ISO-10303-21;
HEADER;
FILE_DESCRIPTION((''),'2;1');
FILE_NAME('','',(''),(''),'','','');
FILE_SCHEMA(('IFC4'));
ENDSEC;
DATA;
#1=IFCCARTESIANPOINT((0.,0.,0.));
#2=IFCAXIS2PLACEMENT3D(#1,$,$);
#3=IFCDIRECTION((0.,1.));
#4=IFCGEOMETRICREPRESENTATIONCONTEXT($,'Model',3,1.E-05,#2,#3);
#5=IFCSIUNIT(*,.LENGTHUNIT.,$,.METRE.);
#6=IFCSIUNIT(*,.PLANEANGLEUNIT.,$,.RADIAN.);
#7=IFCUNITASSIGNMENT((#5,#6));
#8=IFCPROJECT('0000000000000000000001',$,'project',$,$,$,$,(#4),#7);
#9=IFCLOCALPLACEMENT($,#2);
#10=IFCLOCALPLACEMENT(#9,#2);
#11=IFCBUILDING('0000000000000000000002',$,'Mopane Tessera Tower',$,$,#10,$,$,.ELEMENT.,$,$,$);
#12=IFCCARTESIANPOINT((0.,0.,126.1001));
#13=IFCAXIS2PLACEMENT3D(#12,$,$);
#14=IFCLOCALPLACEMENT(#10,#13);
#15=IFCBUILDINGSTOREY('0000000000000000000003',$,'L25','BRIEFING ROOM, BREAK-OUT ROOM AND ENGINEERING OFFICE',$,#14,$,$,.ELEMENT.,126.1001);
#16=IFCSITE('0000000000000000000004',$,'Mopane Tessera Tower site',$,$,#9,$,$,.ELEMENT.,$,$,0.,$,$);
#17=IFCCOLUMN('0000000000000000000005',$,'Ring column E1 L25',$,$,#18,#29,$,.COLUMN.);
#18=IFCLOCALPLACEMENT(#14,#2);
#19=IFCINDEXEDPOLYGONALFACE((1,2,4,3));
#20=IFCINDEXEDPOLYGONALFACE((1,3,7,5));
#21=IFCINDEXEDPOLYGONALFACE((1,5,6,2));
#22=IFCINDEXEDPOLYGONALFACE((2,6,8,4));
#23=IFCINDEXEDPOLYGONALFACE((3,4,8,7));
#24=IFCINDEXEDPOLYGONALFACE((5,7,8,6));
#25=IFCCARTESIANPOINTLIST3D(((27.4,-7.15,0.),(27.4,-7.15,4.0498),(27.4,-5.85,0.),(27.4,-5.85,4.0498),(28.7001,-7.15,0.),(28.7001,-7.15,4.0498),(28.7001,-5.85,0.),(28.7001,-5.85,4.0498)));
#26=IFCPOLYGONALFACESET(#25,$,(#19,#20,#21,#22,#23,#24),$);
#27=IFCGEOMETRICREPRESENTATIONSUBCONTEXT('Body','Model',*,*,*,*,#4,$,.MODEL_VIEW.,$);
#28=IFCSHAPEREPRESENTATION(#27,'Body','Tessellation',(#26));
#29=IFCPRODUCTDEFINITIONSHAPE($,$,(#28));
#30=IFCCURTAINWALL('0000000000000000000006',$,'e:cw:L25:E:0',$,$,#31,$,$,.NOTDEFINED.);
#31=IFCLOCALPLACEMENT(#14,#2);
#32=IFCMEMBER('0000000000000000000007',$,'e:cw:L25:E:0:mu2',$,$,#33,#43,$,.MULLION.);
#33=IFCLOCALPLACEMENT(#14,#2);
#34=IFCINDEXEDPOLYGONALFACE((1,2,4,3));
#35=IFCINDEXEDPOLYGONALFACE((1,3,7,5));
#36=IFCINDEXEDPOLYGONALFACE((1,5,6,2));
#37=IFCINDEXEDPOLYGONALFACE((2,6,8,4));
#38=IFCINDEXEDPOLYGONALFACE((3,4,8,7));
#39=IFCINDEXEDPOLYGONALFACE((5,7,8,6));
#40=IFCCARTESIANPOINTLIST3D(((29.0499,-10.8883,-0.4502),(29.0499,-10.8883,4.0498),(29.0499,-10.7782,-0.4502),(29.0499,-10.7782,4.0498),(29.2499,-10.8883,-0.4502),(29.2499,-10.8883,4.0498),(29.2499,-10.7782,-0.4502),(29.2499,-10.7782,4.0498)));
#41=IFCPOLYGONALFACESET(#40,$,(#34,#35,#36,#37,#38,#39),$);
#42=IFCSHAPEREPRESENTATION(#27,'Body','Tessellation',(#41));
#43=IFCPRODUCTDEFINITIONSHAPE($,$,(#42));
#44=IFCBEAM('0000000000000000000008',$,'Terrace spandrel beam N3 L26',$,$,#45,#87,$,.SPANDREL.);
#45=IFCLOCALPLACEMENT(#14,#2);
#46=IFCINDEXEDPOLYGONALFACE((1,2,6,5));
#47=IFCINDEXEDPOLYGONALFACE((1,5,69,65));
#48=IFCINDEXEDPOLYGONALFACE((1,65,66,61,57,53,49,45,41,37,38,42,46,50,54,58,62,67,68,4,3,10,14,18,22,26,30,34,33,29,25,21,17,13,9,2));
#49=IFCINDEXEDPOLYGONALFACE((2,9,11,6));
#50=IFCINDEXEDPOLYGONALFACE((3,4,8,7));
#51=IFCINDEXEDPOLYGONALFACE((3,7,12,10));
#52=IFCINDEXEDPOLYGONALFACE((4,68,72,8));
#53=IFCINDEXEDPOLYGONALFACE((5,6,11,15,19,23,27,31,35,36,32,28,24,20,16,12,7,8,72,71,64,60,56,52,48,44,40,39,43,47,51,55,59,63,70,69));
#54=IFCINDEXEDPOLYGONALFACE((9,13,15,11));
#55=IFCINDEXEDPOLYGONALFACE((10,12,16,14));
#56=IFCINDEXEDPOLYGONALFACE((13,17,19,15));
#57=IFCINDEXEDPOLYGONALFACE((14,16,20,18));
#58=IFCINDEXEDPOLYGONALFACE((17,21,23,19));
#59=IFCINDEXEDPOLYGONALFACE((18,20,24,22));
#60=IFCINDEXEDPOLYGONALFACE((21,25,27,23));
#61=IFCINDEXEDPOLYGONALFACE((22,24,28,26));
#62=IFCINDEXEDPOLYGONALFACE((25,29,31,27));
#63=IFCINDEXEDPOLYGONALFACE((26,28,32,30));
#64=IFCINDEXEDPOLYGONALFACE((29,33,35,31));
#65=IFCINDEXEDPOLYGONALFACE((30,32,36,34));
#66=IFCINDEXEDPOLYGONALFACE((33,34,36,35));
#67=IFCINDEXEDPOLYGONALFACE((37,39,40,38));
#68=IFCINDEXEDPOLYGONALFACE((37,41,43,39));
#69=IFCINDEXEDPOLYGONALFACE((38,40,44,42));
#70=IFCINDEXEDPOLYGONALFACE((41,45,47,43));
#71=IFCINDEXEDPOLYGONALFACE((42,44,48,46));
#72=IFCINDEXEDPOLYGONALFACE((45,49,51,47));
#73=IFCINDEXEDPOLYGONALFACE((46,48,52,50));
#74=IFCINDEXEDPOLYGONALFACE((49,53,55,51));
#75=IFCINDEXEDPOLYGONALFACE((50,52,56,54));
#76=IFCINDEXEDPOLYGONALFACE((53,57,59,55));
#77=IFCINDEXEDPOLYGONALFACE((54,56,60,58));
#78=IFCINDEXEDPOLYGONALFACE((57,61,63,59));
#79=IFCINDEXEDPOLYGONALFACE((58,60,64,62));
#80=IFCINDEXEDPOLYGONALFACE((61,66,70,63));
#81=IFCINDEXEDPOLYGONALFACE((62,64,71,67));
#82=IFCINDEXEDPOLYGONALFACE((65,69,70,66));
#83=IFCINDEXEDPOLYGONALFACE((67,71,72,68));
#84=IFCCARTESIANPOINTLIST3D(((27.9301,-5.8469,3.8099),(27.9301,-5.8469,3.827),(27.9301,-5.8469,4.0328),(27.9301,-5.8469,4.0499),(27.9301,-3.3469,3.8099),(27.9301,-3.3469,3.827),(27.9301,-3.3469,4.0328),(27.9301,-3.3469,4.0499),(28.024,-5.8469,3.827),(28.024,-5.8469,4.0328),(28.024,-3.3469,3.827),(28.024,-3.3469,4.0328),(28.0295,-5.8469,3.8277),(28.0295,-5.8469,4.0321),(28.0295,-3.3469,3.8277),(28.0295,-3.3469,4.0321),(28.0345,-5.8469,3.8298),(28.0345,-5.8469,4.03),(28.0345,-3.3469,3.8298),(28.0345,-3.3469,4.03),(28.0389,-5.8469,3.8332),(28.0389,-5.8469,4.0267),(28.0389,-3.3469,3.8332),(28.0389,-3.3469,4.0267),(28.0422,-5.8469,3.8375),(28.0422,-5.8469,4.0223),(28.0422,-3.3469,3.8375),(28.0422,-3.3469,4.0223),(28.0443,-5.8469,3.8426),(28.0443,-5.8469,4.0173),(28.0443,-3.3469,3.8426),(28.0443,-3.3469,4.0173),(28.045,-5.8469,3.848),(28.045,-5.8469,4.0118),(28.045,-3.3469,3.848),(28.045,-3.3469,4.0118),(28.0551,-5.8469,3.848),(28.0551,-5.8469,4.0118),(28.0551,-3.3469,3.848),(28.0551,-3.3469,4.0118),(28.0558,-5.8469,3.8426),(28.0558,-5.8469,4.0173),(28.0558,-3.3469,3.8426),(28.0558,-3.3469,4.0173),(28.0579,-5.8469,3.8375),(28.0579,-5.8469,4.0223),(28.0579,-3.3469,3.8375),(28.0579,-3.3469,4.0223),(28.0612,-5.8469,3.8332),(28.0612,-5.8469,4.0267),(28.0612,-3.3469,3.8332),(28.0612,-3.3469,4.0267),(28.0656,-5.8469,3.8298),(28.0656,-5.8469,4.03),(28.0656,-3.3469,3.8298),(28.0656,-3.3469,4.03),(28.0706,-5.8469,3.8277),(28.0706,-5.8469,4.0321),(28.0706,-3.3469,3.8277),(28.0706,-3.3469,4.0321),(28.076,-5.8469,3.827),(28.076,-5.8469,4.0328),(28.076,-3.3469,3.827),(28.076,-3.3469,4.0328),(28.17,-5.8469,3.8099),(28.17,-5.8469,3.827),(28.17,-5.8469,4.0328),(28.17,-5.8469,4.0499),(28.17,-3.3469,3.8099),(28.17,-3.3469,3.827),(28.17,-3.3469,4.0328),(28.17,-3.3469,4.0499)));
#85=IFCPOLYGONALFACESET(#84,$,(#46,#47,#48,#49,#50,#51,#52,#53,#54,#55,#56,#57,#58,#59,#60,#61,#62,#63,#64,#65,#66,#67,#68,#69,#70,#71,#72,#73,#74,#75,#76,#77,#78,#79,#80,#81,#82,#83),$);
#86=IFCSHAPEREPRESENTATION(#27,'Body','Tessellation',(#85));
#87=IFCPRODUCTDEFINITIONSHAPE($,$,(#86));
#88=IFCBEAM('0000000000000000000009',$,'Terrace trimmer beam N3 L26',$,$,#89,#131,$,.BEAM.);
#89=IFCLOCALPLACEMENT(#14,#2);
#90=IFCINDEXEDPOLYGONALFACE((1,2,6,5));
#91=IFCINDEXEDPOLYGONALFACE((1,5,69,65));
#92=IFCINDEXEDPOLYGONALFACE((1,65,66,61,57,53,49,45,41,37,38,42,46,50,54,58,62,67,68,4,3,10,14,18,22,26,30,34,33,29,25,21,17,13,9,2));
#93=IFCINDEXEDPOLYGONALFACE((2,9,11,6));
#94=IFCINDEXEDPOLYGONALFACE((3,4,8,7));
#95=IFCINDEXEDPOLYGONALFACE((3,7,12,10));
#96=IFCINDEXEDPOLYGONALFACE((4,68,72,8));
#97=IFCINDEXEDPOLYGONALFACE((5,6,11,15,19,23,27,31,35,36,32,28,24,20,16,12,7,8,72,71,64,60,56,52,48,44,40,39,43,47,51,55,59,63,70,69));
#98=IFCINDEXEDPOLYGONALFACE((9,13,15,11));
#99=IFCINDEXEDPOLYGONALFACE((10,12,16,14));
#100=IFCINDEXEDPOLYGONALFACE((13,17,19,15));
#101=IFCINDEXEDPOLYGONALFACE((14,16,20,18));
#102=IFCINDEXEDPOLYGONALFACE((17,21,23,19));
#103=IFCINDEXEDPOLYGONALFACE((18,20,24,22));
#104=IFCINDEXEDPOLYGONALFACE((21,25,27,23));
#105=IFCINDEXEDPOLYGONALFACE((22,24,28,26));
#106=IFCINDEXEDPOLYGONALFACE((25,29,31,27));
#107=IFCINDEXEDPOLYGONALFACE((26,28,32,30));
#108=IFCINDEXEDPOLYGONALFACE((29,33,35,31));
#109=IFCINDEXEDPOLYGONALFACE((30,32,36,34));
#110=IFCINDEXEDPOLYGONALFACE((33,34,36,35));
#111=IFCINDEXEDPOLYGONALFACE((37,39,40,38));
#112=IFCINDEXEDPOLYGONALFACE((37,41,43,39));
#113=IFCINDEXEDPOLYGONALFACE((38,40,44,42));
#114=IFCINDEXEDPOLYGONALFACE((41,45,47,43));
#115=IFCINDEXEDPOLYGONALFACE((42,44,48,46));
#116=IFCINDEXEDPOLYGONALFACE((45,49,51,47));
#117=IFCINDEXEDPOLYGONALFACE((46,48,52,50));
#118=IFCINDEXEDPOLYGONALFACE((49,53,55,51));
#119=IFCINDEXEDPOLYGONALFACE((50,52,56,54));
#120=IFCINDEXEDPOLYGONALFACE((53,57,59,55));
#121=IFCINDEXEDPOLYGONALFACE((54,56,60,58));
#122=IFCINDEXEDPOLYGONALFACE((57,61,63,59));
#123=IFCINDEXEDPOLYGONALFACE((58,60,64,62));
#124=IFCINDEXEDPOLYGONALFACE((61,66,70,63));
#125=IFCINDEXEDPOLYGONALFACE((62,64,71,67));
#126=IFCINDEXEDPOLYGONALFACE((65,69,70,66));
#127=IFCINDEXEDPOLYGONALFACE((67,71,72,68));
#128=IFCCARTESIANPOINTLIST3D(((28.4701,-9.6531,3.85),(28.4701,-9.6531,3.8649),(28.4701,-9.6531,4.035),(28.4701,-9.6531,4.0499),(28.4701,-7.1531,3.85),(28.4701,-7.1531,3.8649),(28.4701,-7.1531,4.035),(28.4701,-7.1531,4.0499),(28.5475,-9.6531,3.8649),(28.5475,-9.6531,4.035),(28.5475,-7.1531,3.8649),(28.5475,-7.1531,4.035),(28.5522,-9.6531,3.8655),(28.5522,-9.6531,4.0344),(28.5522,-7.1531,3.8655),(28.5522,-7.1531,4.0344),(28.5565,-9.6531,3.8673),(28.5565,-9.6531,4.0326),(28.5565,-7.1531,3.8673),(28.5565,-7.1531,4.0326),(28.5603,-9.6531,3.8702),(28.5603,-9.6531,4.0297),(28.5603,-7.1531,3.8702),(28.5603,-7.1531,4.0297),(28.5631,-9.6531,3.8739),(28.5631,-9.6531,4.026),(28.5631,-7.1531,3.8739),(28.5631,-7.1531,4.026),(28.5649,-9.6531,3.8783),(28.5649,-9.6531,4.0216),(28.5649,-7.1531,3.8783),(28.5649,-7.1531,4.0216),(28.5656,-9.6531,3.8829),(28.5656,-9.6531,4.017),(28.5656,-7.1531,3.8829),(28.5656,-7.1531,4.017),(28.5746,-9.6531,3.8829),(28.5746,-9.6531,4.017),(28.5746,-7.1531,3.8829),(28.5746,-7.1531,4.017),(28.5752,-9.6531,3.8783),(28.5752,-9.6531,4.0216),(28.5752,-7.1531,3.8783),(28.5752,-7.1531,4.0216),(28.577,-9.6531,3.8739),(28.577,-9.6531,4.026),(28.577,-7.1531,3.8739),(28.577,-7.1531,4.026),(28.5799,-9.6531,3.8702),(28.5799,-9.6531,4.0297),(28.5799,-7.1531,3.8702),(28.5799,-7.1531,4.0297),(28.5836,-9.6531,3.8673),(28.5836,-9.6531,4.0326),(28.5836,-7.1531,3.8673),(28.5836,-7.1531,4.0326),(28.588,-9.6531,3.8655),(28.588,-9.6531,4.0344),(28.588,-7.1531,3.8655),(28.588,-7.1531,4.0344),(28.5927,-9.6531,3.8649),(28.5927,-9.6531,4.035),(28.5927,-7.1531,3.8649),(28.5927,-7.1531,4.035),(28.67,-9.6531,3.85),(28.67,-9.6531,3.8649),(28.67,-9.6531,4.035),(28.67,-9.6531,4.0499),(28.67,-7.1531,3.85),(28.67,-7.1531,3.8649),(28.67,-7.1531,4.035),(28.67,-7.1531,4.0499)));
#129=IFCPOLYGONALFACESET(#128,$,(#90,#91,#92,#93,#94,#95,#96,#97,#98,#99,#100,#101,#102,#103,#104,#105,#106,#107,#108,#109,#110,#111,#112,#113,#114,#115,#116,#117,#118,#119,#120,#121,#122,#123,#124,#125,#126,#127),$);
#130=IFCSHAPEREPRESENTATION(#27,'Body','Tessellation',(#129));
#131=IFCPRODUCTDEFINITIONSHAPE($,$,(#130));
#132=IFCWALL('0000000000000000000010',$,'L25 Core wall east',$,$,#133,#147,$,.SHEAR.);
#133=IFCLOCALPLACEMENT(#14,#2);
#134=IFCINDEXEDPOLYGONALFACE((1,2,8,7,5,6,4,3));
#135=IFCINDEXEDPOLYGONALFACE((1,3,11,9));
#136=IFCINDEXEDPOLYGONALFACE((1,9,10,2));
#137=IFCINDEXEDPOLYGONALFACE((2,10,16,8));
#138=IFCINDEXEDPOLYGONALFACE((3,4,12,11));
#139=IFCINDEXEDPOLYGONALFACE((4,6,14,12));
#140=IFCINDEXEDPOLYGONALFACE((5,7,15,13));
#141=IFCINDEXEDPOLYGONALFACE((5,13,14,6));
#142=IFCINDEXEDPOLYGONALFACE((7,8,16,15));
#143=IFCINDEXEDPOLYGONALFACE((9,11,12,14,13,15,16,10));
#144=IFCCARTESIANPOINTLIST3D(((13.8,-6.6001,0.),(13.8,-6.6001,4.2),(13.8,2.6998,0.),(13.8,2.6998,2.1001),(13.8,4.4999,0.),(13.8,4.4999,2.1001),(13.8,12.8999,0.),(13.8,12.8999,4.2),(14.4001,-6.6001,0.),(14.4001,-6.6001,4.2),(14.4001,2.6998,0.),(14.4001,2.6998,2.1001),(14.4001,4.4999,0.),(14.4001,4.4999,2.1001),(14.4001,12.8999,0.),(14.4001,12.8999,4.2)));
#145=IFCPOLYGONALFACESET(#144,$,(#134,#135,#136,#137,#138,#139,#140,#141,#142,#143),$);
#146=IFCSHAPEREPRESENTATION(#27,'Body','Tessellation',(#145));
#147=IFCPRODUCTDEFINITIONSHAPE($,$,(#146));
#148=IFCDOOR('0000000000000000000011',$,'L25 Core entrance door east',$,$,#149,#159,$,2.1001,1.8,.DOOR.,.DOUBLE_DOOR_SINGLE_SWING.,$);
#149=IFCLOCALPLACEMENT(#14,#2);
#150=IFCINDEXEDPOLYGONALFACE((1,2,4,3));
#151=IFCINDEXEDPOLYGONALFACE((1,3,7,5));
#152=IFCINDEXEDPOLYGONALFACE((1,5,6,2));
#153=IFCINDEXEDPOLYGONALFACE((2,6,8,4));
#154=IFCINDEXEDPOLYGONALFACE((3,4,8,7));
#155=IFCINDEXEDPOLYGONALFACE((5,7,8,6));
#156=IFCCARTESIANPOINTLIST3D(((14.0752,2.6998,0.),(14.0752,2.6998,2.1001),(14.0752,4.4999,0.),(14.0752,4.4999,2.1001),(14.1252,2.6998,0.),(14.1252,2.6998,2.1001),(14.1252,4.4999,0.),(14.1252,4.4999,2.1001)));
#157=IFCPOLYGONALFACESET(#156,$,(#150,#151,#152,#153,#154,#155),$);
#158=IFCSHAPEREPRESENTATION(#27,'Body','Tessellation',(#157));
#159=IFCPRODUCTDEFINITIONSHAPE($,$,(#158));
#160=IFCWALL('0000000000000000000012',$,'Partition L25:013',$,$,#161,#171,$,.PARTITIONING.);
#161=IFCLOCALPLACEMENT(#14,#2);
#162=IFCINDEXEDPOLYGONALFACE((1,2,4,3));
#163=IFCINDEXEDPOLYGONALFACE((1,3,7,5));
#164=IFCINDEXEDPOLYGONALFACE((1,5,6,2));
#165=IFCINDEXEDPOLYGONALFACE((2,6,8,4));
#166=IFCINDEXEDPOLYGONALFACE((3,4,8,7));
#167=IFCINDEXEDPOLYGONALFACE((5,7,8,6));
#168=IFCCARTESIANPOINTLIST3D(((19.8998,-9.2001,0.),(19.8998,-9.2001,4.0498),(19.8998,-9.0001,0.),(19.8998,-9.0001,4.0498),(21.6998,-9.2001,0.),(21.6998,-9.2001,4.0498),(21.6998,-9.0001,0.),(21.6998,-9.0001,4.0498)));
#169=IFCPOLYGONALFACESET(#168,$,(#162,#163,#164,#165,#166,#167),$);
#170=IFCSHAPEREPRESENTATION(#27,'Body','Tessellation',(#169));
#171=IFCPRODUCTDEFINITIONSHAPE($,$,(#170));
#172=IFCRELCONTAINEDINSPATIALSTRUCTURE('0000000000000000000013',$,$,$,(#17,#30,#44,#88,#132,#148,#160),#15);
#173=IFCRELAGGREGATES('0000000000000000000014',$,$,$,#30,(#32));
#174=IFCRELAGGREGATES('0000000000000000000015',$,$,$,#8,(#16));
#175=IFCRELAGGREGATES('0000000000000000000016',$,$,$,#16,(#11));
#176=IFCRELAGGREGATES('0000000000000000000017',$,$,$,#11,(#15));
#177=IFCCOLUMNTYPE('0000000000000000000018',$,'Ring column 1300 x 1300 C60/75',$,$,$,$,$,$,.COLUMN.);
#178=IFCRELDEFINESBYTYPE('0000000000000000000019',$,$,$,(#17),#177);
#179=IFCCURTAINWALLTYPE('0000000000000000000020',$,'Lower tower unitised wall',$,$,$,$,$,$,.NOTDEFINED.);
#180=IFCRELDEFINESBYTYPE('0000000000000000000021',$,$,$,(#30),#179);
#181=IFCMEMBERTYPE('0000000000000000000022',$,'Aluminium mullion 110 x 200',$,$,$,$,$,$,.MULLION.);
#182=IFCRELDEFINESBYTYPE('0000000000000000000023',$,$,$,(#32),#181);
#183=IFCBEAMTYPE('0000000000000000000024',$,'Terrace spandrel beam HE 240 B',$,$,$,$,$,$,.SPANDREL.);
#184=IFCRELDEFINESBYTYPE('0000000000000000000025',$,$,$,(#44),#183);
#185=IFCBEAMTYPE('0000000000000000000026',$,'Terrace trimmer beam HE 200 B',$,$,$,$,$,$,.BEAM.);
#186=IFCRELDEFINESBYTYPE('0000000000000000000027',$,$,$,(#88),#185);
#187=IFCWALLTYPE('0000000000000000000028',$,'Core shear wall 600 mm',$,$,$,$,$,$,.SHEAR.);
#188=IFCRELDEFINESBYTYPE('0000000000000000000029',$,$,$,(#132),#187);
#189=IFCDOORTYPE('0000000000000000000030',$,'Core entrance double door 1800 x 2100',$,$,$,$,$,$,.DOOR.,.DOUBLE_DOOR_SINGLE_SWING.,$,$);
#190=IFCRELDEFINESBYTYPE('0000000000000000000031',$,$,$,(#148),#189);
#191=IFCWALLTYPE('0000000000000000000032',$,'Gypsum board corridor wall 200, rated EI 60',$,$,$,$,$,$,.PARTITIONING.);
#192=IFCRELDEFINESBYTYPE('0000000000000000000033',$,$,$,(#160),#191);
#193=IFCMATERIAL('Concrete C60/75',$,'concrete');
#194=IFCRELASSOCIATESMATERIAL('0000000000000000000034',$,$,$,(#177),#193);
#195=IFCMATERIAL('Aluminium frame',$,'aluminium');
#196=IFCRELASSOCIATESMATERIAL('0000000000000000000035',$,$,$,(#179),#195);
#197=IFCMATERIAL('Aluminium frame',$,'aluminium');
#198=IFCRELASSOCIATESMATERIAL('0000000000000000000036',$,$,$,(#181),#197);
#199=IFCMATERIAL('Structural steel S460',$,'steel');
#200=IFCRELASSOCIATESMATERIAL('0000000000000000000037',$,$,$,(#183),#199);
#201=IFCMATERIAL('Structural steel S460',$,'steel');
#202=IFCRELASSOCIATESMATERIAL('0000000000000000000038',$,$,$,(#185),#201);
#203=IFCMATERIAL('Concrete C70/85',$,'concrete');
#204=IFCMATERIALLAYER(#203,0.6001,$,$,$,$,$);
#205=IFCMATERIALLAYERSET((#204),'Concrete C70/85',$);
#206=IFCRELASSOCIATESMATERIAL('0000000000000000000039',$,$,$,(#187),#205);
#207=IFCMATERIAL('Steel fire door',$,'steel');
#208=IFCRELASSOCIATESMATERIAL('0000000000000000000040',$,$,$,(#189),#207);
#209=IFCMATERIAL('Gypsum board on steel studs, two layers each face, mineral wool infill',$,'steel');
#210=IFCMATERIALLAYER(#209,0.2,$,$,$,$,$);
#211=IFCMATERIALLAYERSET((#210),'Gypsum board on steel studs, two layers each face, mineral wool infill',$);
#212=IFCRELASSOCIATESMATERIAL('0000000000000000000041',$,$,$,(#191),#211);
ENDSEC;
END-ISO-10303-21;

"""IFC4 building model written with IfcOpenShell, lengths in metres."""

from ifc_helpers import new_model, si_unit, direction, frame, frame_2d, origin, origin_2d, place, context, subcontext, project, spatial, rectangle, i_section, extrude, material, layer, layer_set, material_profile, profile_set, type_object, element, fill, aggregate, save


model = new_model("IFC4")

# Units and contexts
model_context = context("Model", 3, precision=1e-05, world=origin(), true_north=direction((0.0, 1.0)))
body_context = subcontext(model_context, "Body", "Model", "MODEL_VIEW")
ifc_project = project(units=[si_unit("LENGTHUNIT", "METRE"), si_unit("PLANEANGLEUNIT", "RADIAN")], contexts=[model_context])

# Site, building, storey
site_placement = place(None, origin())
site = spatial("IfcSite", under=ifc_project, at=site_placement, Name="Mopane Tessera Tower site", CompositionType="ELEMENT", RefElevation=0.0)
building_placement = place(site_placement, origin())
building = spatial("IfcBuilding", under=site, at=building_placement, Name="Mopane Tessera Tower", CompositionType="ELEMENT")
storey_placement = place(building_placement, frame((0.0, 0.0, 126.1001)))
storey = spatial("IfcBuildingStorey", under=building, at=storey_placement, Name="L25", Description="BRIEFING ROOM, BREAK-OUT ROOM AND ENGINEERING OFFICE", CompositionType="ELEMENT", Elevation=126.1001)

# Column
ifc_material_1 = material(Name="Concrete C60/75", Category="concrete")
ifc_material_profile_1 = material_profile(ifc_material_1, rectangle(XDim=1.3, YDim=1.3, at=origin_2d()))
ifc_profile_set_1 = profile_set([ifc_material_profile_1], Name="Concrete C60/75")
column_type = type_object("IfcColumnType", Name="Ring column 1300 x 1300 C60/75", PredefinedType="COLUMN", material=ifc_profile_set_1)
column_placement = place(storey_placement, frame((28.05, -6.5, 0.0), z_axis=(0.0, 0.0, 1.0), x_axis=(1.0, 0.0, 0.0)))
element("IfcColumn", 1, at=column_placement, inside=storey, type_object=column_type, Name="Ring column E1 L25", PredefinedType="COLUMN", context=body_context, shape_type="SweptSolid", body=[
    extrude(rectangle(XDim=1.3, YDim=1.3, at=origin_2d()), origin(), (0.0, 0.0, 1.0), 4.0498),
])

# Curtain wall, member
ifc_material_2 = material(Name="Aluminium frame", Category="aluminium")
curtain_wall_type = type_object("IfcCurtainWallType", Name="Lower tower unitised wall", PredefinedType="NOTDEFINED", material=ifc_material_2)
curtain_wall_placement = place(storey_placement, origin())
curtain_wall = element("IfcCurtainWall", 2, at=curtain_wall_placement, inside=storey, type_object=curtain_wall_type, Name="e:cw:L25:E:0", PredefinedType="NOTDEFINED")
ifc_material_3 = material(Name="Aluminium frame", Category="aluminium")
ifc_material_profile_2 = material_profile(ifc_material_3, rectangle(XDim=0.1101, YDim=0.2, at=origin_2d()))
ifc_profile_set_2 = profile_set([ifc_material_profile_2], Name="Aluminium frame")
member_type = type_object("IfcMemberType", Name="Aluminium mullion 110 x 200", PredefinedType="MULLION", material=ifc_profile_set_2)
member_placement = place(storey_placement, frame((29.1499, -10.8333, -0.4502), z_axis=(0.0, 0.0, 1.0), x_axis=(0.0, 1.0, 0.0)))
member = element("IfcMember", 3, at=member_placement, type_object=member_type, Name="e:cw:L25:E:0:mu2", PredefinedType="MULLION", context=body_context, shape_type="SweptSolid", body=[
    extrude(rectangle(XDim=0.1101, YDim=0.2, at=origin_2d()), origin(), (0.0, 0.0, 1.0), 4.5),
])
aggregate(curtain_wall, [member])

# Beams
ifc_material_4 = material(Name="Structural steel S460", Category="steel")
ifc_material_profile_3 = material_profile(ifc_material_4, i_section(OverallWidth=0.24, OverallDepth=0.24, WebThickness=0.01, FlangeThickness=0.0171, FilletRadius=0.021, at=origin_2d()))
ifc_profile_set_3 = profile_set([ifc_material_profile_3], Name="Structural steel S460")
beam_type_1 = type_object("IfcBeamType", Name="Terrace spandrel beam HE 240 B", PredefinedType="SPANDREL", material=ifc_profile_set_3)
beam_1_placement = place(storey_placement, frame((28.05, -5.8469, 3.9299), z_axis=(0.0, 1.0, 0.0), x_axis=(-1.0, 0.0, 0.0)))
element("IfcBeam", 4, at=beam_1_placement, inside=storey, type_object=beam_type_1, Name="Terrace spandrel beam N3 L26", PredefinedType="SPANDREL", context=body_context, shape_type="SweptSolid", body=[
    extrude(i_section(OverallWidth=0.24, OverallDepth=0.24, WebThickness=0.01, FlangeThickness=0.0171, FilletRadius=0.021, at=origin_2d()), origin(), (0.0, 0.0, 1.0), 2.5),
])
ifc_material_5 = material(Name="Structural steel S460", Category="steel")
ifc_material_profile_4 = material_profile(ifc_material_5, i_section(OverallWidth=0.2, OverallDepth=0.2, WebThickness=0.009, FlangeThickness=0.0149, FilletRadius=0.0181, at=origin_2d()))
ifc_profile_set_4 = profile_set([ifc_material_profile_4], Name="Structural steel S460")
beam_type_2 = type_object("IfcBeamType", Name="Terrace trimmer beam HE 200 B", PredefinedType="BEAM", material=ifc_profile_set_4)
beam_2_placement = place(storey_placement, frame((28.5701, -7.1531, 3.95), z_axis=(0.0, -1.0, 0.0), x_axis=(1.0, 0.0, 0.0)))
element("IfcBeam", 5, at=beam_2_placement, inside=storey, type_object=beam_type_2, Name="Terrace trimmer beam N3 L26", PredefinedType="BEAM", context=body_context, shape_type="SweptSolid", body=[
    extrude(i_section(OverallWidth=0.2, OverallDepth=0.2, WebThickness=0.009, FlangeThickness=0.0149, FilletRadius=0.0181, at=origin_2d()), origin(), (0.0, 0.0, 1.0), 2.5),
])

# Wall, opening, door
ifc_material_6 = material(Name="Concrete C70/85", Category="concrete")
ifc_layer_1 = layer(ifc_material_6, 0.6001)
ifc_layer_set_1 = layer_set([ifc_layer_1], Name="Concrete C70/85")
wall_type_1 = type_object("IfcWallType", Name="Core shear wall 600 mm", PredefinedType="SHEAR", material=ifc_layer_set_1)
wall_1_placement = place(storey_placement, frame((14.1001, -6.6001, 0.0), z_axis=(0.0, 0.0, 1.0), x_axis=(0.0, 1.0, 0.0)))
wall_1 = element("IfcWall", 6, at=wall_1_placement, inside=storey, type_object=wall_type_1, Name="L25 Core wall east", PredefinedType="SHEAR", context=body_context, shape_type="SweptSolid", body=[
    extrude(rectangle(XDim=19.5, YDim=0.6001, at=frame_2d((9.75, 0.0))), origin(), (0.0, 0.0, 1.0), 4.2),
])
opening_1_placement = place(wall_1_placement, frame((9.3, 0.0, 0.0)))
opening_1 = element("IfcOpeningElement", 7, at=opening_1_placement, cuts=wall_1, PredefinedType="OPENING", context=body_context, shape_type="SweptSolid", body=[
    extrude(rectangle(XDim=1.8, YDim=2.1001, at=frame_2d((0.8999, 1.05))), frame((0.0, 0.312, 0.0), z_axis=(0.0, -1.0, 0.0), x_axis=(1.0, 0.0, 0.0)), (0.0, 0.0, 1.0), 0.624),
])
ifc_material_7 = material(Name="Steel fire door", Category="steel")
door_type_1 = type_object("IfcDoorType", Name="Core entrance double door 1800 x 2100", OperationType="DOUBLE_DOOR_SINGLE_SWING", PredefinedType="DOOR", material=ifc_material_7)
door_1_placement = place(opening_1_placement, origin())
door_1 = element("IfcDoor", 8, at=door_1_placement, inside=storey, type_object=door_type_1, Name="L25 Core entrance door east", OperationType="DOUBLE_DOOR_SINGLE_SWING", OverallHeight=2.1001, OverallWidth=1.8, PredefinedType="DOOR", context=body_context, shape_type="SweptSolid", body=[
    extrude(rectangle(XDim=1.8, YDim=2.1001, at=frame_2d((0.8999, 1.05))), frame((0.0, 0.0249, 0.0), z_axis=(0.0, -1.0, 0.0), x_axis=(1.0, 0.0, 0.0)), (0.0, 0.0, 1.0), 0.05),
])
fill(opening_1, door_1)

# Wall
ifc_material_8 = material(Name="Gypsum board on steel studs, two layers each face, mineral wool infill", Category="steel")
ifc_layer_2 = layer(ifc_material_8, 0.2)
ifc_layer_set_2 = layer_set([ifc_layer_2], Name="Gypsum board on steel studs, two layers each face, mineral wool infill")
wall_type_2 = type_object("IfcWallType", Name="Gypsum board corridor wall 200, rated EI 60", PredefinedType="PARTITIONING", material=ifc_layer_set_2)
wall_2_placement = place(storey_placement, frame((19.8999, -9.1001, 0.0), z_axis=(0.0, 0.0, 1.0), x_axis=(1.0, 0.0, 0.0)))
element("IfcWall", 9, at=wall_2_placement, inside=storey, type_object=wall_type_2, Name="Partition L25:013", PredefinedType="PARTITIONING", context=body_context, shape_type="SweptSolid", body=[
    extrude(rectangle(XDim=1.8, YDim=0.2, at=frame_2d((0.8999, 0.0))), origin(), (0.0, 0.0, 1.0), 4.0498),
])

save(model, "model.ifc")
